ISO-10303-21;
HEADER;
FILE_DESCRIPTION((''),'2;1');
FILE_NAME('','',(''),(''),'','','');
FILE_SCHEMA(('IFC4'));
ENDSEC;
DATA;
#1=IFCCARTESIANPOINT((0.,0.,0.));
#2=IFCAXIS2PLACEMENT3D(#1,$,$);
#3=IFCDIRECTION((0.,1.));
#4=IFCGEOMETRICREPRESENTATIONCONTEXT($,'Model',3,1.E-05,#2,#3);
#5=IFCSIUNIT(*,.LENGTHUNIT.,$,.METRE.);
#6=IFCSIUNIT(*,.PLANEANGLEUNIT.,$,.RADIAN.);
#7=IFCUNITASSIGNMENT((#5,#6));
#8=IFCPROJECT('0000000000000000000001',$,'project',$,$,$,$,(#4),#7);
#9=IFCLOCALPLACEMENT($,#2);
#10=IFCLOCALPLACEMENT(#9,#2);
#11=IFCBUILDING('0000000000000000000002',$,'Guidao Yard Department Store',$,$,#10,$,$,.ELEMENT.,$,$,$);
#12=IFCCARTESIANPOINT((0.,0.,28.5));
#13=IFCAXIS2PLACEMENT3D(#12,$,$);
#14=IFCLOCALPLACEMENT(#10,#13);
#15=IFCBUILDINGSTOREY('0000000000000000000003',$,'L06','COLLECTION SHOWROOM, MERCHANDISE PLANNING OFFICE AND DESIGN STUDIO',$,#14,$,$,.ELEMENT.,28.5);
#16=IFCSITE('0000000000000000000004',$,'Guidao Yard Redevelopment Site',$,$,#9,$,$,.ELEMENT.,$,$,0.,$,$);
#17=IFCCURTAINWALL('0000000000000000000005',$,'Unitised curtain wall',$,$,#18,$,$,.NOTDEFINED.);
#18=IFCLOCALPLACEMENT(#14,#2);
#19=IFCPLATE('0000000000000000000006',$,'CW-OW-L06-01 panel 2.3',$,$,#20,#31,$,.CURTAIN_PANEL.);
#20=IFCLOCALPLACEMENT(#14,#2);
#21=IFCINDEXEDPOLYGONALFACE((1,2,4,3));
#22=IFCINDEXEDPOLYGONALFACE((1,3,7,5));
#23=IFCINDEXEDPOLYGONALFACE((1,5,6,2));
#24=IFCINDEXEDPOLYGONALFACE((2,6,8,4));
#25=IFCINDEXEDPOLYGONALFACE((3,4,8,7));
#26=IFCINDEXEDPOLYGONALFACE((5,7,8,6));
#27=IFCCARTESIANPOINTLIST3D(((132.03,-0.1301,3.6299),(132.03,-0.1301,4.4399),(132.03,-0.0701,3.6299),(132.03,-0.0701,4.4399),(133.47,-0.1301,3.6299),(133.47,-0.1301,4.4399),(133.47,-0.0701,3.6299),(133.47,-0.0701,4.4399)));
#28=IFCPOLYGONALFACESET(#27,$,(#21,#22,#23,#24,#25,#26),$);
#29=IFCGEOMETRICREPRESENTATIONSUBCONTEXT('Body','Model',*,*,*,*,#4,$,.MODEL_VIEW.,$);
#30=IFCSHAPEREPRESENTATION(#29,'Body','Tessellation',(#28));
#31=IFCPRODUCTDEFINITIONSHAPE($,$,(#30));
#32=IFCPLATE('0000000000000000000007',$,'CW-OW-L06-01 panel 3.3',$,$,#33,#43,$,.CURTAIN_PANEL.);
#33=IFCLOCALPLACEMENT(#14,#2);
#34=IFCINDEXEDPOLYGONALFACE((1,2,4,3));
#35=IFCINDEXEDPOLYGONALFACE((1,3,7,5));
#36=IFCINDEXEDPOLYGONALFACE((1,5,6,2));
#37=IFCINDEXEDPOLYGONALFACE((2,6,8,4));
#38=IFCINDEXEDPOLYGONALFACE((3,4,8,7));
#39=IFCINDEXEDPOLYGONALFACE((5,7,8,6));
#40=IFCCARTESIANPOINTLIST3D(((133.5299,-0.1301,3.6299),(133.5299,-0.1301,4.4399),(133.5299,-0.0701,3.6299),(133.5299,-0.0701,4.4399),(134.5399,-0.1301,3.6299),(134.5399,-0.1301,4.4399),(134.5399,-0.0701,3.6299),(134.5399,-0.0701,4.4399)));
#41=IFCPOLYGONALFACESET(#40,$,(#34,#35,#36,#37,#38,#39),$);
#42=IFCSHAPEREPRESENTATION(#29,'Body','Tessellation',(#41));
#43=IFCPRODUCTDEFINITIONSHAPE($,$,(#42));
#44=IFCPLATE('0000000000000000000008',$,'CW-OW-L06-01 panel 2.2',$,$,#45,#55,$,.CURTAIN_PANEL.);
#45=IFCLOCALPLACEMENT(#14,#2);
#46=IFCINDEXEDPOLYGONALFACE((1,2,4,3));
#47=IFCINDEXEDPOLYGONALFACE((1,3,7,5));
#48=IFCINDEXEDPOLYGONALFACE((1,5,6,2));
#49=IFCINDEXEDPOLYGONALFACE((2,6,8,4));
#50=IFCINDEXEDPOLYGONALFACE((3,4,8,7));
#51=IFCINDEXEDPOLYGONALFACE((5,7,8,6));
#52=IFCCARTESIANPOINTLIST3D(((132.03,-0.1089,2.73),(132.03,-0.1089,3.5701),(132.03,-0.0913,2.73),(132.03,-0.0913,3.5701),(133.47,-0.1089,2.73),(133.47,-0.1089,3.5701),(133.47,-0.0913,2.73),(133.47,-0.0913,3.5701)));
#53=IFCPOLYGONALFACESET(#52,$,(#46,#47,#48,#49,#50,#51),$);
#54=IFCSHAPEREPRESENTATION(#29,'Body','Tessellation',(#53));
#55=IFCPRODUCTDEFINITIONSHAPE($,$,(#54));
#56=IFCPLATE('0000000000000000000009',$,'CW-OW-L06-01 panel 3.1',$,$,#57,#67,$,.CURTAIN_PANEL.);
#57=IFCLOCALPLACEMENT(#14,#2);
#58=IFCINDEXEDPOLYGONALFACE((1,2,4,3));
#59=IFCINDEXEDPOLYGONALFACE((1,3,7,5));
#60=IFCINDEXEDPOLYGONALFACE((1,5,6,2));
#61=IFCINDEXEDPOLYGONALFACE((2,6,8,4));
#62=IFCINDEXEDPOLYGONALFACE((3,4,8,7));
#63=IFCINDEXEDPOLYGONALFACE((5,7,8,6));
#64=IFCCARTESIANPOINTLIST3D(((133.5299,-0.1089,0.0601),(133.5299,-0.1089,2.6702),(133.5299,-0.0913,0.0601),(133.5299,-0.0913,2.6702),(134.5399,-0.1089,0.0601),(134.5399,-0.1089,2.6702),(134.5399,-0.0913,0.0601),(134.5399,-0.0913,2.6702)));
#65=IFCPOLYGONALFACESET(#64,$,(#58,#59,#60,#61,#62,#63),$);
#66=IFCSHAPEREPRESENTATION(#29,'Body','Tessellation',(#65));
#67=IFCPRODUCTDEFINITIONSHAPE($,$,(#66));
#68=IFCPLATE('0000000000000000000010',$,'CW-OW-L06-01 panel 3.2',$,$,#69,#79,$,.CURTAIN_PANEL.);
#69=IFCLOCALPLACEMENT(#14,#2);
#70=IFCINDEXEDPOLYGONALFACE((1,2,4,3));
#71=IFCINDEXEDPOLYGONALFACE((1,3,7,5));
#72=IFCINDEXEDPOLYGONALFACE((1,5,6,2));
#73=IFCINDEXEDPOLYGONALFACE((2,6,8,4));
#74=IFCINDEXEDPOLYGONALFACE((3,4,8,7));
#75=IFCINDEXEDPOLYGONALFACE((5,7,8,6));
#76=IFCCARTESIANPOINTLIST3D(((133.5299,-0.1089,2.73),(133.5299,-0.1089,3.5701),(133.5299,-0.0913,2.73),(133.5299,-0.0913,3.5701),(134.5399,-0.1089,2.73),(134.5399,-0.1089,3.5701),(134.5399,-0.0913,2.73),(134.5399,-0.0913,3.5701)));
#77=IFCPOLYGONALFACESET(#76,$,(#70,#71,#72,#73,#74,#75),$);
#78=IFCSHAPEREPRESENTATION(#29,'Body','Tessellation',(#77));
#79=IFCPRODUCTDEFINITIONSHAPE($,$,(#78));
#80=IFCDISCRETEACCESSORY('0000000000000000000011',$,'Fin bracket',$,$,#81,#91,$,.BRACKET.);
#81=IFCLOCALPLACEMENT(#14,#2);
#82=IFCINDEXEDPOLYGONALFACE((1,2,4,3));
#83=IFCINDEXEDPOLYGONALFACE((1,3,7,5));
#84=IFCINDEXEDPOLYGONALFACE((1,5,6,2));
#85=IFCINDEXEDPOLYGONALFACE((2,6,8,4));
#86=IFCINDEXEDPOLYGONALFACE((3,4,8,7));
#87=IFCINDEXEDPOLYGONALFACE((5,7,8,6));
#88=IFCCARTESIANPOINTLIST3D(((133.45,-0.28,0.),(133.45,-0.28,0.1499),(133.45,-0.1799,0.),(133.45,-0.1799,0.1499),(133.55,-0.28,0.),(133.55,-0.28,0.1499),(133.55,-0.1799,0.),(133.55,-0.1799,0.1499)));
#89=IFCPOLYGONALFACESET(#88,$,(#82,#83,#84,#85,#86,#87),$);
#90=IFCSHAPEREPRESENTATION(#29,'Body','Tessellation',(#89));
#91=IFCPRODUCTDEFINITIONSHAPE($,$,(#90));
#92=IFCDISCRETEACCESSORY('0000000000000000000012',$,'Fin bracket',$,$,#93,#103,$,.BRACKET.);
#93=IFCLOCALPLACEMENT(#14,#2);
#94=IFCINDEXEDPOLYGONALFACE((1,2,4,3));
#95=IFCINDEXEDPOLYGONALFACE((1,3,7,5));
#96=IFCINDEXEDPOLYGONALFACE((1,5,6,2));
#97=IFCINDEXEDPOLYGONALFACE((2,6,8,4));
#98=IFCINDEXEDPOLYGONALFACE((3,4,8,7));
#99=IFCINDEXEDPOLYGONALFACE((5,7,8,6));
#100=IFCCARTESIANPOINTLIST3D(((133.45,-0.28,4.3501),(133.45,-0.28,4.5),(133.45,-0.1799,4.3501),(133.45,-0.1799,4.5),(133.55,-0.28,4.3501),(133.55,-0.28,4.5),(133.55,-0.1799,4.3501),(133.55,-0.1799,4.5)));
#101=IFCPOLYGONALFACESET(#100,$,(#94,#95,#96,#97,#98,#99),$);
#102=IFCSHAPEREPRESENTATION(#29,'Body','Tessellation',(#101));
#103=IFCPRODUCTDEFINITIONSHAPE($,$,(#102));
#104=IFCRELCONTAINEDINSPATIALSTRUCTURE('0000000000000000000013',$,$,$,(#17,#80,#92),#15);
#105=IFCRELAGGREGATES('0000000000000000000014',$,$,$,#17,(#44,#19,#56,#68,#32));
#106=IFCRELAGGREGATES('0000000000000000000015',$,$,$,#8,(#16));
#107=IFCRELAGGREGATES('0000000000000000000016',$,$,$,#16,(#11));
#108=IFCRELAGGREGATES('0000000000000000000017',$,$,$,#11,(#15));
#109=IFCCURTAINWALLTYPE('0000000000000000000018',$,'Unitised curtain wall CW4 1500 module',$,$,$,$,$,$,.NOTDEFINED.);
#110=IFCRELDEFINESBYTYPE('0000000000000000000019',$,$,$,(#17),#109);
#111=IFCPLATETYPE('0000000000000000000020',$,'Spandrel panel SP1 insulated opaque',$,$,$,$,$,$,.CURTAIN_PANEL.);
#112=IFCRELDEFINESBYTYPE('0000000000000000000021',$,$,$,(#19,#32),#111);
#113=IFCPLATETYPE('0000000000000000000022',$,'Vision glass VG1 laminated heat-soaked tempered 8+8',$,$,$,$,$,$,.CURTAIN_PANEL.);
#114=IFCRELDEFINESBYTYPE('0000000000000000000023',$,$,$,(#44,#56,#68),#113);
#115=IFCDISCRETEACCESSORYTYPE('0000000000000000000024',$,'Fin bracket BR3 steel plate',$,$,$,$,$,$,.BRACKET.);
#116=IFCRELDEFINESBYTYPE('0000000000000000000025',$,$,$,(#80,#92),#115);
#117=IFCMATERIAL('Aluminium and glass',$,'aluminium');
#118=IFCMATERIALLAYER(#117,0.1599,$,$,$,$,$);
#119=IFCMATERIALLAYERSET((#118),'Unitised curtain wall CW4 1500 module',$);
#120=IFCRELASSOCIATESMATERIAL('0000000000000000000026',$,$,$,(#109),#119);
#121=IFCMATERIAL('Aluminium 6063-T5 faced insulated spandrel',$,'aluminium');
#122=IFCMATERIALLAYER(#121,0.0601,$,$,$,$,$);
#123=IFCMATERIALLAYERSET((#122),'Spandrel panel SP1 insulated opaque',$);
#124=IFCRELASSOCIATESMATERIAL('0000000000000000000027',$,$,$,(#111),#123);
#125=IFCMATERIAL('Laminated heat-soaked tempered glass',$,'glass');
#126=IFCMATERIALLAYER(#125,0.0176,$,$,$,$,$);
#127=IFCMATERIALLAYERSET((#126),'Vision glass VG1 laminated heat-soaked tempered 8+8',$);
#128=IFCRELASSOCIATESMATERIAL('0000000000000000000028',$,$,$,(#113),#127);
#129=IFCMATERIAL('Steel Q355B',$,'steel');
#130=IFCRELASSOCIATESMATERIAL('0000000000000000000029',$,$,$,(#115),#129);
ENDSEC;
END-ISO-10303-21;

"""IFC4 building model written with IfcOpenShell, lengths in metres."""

from ifc_helpers import new_model, si_unit, direction, frame, origin, origin_2d, place, context, subcontext, project, spatial, rectangle, extrude, material, layer, layer_set, type_object, element, aggregate, save


model = new_model("IFC4")

# Units and contexts
model_context = context("Model", 3, precision=1e-05, world=origin(), true_north=direction((0.0, 1.0)))
body_context = subcontext(model_context, "Body", "Model", "MODEL_VIEW")
ifc_project = project(units=[si_unit("LENGTHUNIT", "METRE"), si_unit("PLANEANGLEUNIT", "RADIAN")], contexts=[model_context])

# Site, building, storey
site_placement = place(None, origin())
site = spatial("IfcSite", under=ifc_project, at=site_placement, Name="Guidao Yard Redevelopment Site", CompositionType="ELEMENT", RefElevation=0.0)
building_placement = place(site_placement, origin())
building = spatial("IfcBuilding", under=site, at=building_placement, Name="Guidao Yard Department Store", CompositionType="ELEMENT")
storey_placement = place(building_placement, frame((0.0, 0.0, 28.5)))
storey = spatial("IfcBuildingStorey", under=building, at=storey_placement, Name="L06", Description="COLLECTION SHOWROOM, MERCHANDISE PLANNING OFFICE AND DESIGN STUDIO", CompositionType="ELEMENT", Elevation=28.5)

# Curtain wall
ifc_material_1 = material(Name="Aluminium and glass", Category="aluminium")
ifc_layer_1 = layer(ifc_material_1, 0.1599)
ifc_layer_set_1 = layer_set([ifc_layer_1], Name="Unitised curtain wall CW4 1500 module")
curtain_wall_type = type_object("IfcCurtainWallType", Name="Unitised curtain wall CW4 1500 module", PredefinedType="NOTDEFINED", material=ifc_layer_set_1)
curtain_wall_1_placement = place(storey_placement, origin())
curtain_wall_1 = element("IfcCurtainWall", 1, at=curtain_wall_1_placement, inside=storey, type_object=curtain_wall_type, Name="Unitised curtain wall", PredefinedType="NOTDEFINED")

# Plates
ifc_material_2 = material(Name="Aluminium 6063-T5 faced insulated spandrel", Category="aluminium")
ifc_layer_2 = layer(ifc_material_2, 0.0601)
ifc_layer_set_2 = layer_set([ifc_layer_2], Name="Spandrel panel SP1 insulated opaque")
plate_type_1 = type_object("IfcPlateType", Name="Spandrel panel SP1 insulated opaque", PredefinedType="CURTAIN_PANEL", material=ifc_layer_set_2)
plate_1_placement = place(storey_placement, frame((132.75, -0.1001, 3.6299), z_axis=(0.0, 0.0, 1.0), x_axis=(-1.0, 0.0, 0.0)))
plate_1 = element("IfcPlate", 2, at=plate_1_placement, type_object=plate_type_1, Name="CW-OW-L06-01 panel 2.3", PredefinedType="CURTAIN_PANEL", context=body_context, shape_type="SweptSolid", body=[
    extrude(rectangle(XDim=1.4399, YDim=0.0601, at=origin_2d()), origin(), (0.0, 0.0, 1.0), 0.8101),
])
plate_2_placement = place(storey_placement, frame((134.0349, -0.1001, 3.6299), z_axis=(0.0, 0.0, 1.0), x_axis=(-1.0, 0.0, 0.0)))
plate_2 = element("IfcPlate", 3, at=plate_2_placement, type_object=plate_type_1, Name="CW-OW-L06-01 panel 3.3", PredefinedType="CURTAIN_PANEL", context=body_context, shape_type="SweptSolid", body=[
    extrude(rectangle(XDim=1.01, YDim=0.0601, at=origin_2d()), origin(), (0.0, 0.0, 1.0), 0.8101),
])
ifc_material_3 = material(Name="Laminated heat-soaked tempered glass", Category="glass")
ifc_layer_3 = layer(ifc_material_3, 0.0176)
ifc_layer_set_3 = layer_set([ifc_layer_3], Name="Vision glass VG1 laminated heat-soaked tempered 8+8")
plate_type_2 = type_object("IfcPlateType", Name="Vision glass VG1 laminated heat-soaked tempered 8+8", PredefinedType="CURTAIN_PANEL", material=ifc_layer_set_3)
plate_3_placement = place(storey_placement, frame((132.75, -0.1001, 2.73), z_axis=(0.0, 0.0, 1.0), x_axis=(-1.0, 0.0, 0.0)))
plate_3 = element("IfcPlate", 4, at=plate_3_placement, type_object=plate_type_2, Name="CW-OW-L06-01 panel 2.2", PredefinedType="CURTAIN_PANEL", context=body_context, shape_type="SweptSolid", body=[
    extrude(rectangle(XDim=1.4399, YDim=0.0176, at=origin_2d()), origin(), (0.0, 0.0, 1.0), 0.8401),
])
plate_4_placement = place(storey_placement, frame((134.0349, -0.1001, 0.0601), z_axis=(0.0, 0.0, 1.0), x_axis=(-1.0, 0.0, 0.0)))
plate_4 = element("IfcPlate", 5, at=plate_4_placement, type_object=plate_type_2, Name="CW-OW-L06-01 panel 3.1", PredefinedType="CURTAIN_PANEL", context=body_context, shape_type="SweptSolid", body=[
    extrude(rectangle(XDim=1.01, YDim=0.0176, at=origin_2d()), origin(), (0.0, 0.0, 1.0), 2.6101),
])
plate_5_placement = place(storey_placement, frame((134.0349, -0.1001, 2.73), z_axis=(0.0, 0.0, 1.0), x_axis=(-1.0, 0.0, 0.0)))
plate_5 = element("IfcPlate", 6, at=plate_5_placement, type_object=plate_type_2, Name="CW-OW-L06-01 panel 3.2", PredefinedType="CURTAIN_PANEL", context=body_context, shape_type="SweptSolid", body=[
    extrude(rectangle(XDim=1.01, YDim=0.0176, at=origin_2d()), origin(), (0.0, 0.0, 1.0), 0.8401),
])
aggregate(curtain_wall_1, [plate_3, plate_1, plate_4, plate_5, plate_2])

# Discrete accessories
ifc_material_4 = material(Name="Steel Q355B", Category="steel")
discrete_accessory_type = type_object("IfcDiscreteAccessoryType", Name="Fin bracket BR3 steel plate", PredefinedType="BRACKET", material=ifc_material_4)
for number, where, z_axis, x_axis, name in (
    (7, (133.5, -0.23, 0.0), (0.0, 0.0, 1.0), (-1.0, 0.0, 0.0), "Fin bracket"),
    (8, (133.5, -0.23, 4.3501), (0.0, 0.0, 1.0), (-1.0, 0.0, 0.0), "Fin bracket"),
):
    element("IfcDiscreteAccessory", number, at=place(storey_placement, frame(where, z_axis=z_axis, x_axis=x_axis)), inside=storey, type_object=discrete_accessory_type, Name=name, PredefinedType="BRACKET", context=body_context, shape_type="SweptSolid", body=[
        extrude(rectangle(XDim=0.1001, YDim=0.1001, at=origin_2d()), origin(), (0.0, 0.0, 1.0), 0.1499),
    ])

save(model, "model.ifc")
